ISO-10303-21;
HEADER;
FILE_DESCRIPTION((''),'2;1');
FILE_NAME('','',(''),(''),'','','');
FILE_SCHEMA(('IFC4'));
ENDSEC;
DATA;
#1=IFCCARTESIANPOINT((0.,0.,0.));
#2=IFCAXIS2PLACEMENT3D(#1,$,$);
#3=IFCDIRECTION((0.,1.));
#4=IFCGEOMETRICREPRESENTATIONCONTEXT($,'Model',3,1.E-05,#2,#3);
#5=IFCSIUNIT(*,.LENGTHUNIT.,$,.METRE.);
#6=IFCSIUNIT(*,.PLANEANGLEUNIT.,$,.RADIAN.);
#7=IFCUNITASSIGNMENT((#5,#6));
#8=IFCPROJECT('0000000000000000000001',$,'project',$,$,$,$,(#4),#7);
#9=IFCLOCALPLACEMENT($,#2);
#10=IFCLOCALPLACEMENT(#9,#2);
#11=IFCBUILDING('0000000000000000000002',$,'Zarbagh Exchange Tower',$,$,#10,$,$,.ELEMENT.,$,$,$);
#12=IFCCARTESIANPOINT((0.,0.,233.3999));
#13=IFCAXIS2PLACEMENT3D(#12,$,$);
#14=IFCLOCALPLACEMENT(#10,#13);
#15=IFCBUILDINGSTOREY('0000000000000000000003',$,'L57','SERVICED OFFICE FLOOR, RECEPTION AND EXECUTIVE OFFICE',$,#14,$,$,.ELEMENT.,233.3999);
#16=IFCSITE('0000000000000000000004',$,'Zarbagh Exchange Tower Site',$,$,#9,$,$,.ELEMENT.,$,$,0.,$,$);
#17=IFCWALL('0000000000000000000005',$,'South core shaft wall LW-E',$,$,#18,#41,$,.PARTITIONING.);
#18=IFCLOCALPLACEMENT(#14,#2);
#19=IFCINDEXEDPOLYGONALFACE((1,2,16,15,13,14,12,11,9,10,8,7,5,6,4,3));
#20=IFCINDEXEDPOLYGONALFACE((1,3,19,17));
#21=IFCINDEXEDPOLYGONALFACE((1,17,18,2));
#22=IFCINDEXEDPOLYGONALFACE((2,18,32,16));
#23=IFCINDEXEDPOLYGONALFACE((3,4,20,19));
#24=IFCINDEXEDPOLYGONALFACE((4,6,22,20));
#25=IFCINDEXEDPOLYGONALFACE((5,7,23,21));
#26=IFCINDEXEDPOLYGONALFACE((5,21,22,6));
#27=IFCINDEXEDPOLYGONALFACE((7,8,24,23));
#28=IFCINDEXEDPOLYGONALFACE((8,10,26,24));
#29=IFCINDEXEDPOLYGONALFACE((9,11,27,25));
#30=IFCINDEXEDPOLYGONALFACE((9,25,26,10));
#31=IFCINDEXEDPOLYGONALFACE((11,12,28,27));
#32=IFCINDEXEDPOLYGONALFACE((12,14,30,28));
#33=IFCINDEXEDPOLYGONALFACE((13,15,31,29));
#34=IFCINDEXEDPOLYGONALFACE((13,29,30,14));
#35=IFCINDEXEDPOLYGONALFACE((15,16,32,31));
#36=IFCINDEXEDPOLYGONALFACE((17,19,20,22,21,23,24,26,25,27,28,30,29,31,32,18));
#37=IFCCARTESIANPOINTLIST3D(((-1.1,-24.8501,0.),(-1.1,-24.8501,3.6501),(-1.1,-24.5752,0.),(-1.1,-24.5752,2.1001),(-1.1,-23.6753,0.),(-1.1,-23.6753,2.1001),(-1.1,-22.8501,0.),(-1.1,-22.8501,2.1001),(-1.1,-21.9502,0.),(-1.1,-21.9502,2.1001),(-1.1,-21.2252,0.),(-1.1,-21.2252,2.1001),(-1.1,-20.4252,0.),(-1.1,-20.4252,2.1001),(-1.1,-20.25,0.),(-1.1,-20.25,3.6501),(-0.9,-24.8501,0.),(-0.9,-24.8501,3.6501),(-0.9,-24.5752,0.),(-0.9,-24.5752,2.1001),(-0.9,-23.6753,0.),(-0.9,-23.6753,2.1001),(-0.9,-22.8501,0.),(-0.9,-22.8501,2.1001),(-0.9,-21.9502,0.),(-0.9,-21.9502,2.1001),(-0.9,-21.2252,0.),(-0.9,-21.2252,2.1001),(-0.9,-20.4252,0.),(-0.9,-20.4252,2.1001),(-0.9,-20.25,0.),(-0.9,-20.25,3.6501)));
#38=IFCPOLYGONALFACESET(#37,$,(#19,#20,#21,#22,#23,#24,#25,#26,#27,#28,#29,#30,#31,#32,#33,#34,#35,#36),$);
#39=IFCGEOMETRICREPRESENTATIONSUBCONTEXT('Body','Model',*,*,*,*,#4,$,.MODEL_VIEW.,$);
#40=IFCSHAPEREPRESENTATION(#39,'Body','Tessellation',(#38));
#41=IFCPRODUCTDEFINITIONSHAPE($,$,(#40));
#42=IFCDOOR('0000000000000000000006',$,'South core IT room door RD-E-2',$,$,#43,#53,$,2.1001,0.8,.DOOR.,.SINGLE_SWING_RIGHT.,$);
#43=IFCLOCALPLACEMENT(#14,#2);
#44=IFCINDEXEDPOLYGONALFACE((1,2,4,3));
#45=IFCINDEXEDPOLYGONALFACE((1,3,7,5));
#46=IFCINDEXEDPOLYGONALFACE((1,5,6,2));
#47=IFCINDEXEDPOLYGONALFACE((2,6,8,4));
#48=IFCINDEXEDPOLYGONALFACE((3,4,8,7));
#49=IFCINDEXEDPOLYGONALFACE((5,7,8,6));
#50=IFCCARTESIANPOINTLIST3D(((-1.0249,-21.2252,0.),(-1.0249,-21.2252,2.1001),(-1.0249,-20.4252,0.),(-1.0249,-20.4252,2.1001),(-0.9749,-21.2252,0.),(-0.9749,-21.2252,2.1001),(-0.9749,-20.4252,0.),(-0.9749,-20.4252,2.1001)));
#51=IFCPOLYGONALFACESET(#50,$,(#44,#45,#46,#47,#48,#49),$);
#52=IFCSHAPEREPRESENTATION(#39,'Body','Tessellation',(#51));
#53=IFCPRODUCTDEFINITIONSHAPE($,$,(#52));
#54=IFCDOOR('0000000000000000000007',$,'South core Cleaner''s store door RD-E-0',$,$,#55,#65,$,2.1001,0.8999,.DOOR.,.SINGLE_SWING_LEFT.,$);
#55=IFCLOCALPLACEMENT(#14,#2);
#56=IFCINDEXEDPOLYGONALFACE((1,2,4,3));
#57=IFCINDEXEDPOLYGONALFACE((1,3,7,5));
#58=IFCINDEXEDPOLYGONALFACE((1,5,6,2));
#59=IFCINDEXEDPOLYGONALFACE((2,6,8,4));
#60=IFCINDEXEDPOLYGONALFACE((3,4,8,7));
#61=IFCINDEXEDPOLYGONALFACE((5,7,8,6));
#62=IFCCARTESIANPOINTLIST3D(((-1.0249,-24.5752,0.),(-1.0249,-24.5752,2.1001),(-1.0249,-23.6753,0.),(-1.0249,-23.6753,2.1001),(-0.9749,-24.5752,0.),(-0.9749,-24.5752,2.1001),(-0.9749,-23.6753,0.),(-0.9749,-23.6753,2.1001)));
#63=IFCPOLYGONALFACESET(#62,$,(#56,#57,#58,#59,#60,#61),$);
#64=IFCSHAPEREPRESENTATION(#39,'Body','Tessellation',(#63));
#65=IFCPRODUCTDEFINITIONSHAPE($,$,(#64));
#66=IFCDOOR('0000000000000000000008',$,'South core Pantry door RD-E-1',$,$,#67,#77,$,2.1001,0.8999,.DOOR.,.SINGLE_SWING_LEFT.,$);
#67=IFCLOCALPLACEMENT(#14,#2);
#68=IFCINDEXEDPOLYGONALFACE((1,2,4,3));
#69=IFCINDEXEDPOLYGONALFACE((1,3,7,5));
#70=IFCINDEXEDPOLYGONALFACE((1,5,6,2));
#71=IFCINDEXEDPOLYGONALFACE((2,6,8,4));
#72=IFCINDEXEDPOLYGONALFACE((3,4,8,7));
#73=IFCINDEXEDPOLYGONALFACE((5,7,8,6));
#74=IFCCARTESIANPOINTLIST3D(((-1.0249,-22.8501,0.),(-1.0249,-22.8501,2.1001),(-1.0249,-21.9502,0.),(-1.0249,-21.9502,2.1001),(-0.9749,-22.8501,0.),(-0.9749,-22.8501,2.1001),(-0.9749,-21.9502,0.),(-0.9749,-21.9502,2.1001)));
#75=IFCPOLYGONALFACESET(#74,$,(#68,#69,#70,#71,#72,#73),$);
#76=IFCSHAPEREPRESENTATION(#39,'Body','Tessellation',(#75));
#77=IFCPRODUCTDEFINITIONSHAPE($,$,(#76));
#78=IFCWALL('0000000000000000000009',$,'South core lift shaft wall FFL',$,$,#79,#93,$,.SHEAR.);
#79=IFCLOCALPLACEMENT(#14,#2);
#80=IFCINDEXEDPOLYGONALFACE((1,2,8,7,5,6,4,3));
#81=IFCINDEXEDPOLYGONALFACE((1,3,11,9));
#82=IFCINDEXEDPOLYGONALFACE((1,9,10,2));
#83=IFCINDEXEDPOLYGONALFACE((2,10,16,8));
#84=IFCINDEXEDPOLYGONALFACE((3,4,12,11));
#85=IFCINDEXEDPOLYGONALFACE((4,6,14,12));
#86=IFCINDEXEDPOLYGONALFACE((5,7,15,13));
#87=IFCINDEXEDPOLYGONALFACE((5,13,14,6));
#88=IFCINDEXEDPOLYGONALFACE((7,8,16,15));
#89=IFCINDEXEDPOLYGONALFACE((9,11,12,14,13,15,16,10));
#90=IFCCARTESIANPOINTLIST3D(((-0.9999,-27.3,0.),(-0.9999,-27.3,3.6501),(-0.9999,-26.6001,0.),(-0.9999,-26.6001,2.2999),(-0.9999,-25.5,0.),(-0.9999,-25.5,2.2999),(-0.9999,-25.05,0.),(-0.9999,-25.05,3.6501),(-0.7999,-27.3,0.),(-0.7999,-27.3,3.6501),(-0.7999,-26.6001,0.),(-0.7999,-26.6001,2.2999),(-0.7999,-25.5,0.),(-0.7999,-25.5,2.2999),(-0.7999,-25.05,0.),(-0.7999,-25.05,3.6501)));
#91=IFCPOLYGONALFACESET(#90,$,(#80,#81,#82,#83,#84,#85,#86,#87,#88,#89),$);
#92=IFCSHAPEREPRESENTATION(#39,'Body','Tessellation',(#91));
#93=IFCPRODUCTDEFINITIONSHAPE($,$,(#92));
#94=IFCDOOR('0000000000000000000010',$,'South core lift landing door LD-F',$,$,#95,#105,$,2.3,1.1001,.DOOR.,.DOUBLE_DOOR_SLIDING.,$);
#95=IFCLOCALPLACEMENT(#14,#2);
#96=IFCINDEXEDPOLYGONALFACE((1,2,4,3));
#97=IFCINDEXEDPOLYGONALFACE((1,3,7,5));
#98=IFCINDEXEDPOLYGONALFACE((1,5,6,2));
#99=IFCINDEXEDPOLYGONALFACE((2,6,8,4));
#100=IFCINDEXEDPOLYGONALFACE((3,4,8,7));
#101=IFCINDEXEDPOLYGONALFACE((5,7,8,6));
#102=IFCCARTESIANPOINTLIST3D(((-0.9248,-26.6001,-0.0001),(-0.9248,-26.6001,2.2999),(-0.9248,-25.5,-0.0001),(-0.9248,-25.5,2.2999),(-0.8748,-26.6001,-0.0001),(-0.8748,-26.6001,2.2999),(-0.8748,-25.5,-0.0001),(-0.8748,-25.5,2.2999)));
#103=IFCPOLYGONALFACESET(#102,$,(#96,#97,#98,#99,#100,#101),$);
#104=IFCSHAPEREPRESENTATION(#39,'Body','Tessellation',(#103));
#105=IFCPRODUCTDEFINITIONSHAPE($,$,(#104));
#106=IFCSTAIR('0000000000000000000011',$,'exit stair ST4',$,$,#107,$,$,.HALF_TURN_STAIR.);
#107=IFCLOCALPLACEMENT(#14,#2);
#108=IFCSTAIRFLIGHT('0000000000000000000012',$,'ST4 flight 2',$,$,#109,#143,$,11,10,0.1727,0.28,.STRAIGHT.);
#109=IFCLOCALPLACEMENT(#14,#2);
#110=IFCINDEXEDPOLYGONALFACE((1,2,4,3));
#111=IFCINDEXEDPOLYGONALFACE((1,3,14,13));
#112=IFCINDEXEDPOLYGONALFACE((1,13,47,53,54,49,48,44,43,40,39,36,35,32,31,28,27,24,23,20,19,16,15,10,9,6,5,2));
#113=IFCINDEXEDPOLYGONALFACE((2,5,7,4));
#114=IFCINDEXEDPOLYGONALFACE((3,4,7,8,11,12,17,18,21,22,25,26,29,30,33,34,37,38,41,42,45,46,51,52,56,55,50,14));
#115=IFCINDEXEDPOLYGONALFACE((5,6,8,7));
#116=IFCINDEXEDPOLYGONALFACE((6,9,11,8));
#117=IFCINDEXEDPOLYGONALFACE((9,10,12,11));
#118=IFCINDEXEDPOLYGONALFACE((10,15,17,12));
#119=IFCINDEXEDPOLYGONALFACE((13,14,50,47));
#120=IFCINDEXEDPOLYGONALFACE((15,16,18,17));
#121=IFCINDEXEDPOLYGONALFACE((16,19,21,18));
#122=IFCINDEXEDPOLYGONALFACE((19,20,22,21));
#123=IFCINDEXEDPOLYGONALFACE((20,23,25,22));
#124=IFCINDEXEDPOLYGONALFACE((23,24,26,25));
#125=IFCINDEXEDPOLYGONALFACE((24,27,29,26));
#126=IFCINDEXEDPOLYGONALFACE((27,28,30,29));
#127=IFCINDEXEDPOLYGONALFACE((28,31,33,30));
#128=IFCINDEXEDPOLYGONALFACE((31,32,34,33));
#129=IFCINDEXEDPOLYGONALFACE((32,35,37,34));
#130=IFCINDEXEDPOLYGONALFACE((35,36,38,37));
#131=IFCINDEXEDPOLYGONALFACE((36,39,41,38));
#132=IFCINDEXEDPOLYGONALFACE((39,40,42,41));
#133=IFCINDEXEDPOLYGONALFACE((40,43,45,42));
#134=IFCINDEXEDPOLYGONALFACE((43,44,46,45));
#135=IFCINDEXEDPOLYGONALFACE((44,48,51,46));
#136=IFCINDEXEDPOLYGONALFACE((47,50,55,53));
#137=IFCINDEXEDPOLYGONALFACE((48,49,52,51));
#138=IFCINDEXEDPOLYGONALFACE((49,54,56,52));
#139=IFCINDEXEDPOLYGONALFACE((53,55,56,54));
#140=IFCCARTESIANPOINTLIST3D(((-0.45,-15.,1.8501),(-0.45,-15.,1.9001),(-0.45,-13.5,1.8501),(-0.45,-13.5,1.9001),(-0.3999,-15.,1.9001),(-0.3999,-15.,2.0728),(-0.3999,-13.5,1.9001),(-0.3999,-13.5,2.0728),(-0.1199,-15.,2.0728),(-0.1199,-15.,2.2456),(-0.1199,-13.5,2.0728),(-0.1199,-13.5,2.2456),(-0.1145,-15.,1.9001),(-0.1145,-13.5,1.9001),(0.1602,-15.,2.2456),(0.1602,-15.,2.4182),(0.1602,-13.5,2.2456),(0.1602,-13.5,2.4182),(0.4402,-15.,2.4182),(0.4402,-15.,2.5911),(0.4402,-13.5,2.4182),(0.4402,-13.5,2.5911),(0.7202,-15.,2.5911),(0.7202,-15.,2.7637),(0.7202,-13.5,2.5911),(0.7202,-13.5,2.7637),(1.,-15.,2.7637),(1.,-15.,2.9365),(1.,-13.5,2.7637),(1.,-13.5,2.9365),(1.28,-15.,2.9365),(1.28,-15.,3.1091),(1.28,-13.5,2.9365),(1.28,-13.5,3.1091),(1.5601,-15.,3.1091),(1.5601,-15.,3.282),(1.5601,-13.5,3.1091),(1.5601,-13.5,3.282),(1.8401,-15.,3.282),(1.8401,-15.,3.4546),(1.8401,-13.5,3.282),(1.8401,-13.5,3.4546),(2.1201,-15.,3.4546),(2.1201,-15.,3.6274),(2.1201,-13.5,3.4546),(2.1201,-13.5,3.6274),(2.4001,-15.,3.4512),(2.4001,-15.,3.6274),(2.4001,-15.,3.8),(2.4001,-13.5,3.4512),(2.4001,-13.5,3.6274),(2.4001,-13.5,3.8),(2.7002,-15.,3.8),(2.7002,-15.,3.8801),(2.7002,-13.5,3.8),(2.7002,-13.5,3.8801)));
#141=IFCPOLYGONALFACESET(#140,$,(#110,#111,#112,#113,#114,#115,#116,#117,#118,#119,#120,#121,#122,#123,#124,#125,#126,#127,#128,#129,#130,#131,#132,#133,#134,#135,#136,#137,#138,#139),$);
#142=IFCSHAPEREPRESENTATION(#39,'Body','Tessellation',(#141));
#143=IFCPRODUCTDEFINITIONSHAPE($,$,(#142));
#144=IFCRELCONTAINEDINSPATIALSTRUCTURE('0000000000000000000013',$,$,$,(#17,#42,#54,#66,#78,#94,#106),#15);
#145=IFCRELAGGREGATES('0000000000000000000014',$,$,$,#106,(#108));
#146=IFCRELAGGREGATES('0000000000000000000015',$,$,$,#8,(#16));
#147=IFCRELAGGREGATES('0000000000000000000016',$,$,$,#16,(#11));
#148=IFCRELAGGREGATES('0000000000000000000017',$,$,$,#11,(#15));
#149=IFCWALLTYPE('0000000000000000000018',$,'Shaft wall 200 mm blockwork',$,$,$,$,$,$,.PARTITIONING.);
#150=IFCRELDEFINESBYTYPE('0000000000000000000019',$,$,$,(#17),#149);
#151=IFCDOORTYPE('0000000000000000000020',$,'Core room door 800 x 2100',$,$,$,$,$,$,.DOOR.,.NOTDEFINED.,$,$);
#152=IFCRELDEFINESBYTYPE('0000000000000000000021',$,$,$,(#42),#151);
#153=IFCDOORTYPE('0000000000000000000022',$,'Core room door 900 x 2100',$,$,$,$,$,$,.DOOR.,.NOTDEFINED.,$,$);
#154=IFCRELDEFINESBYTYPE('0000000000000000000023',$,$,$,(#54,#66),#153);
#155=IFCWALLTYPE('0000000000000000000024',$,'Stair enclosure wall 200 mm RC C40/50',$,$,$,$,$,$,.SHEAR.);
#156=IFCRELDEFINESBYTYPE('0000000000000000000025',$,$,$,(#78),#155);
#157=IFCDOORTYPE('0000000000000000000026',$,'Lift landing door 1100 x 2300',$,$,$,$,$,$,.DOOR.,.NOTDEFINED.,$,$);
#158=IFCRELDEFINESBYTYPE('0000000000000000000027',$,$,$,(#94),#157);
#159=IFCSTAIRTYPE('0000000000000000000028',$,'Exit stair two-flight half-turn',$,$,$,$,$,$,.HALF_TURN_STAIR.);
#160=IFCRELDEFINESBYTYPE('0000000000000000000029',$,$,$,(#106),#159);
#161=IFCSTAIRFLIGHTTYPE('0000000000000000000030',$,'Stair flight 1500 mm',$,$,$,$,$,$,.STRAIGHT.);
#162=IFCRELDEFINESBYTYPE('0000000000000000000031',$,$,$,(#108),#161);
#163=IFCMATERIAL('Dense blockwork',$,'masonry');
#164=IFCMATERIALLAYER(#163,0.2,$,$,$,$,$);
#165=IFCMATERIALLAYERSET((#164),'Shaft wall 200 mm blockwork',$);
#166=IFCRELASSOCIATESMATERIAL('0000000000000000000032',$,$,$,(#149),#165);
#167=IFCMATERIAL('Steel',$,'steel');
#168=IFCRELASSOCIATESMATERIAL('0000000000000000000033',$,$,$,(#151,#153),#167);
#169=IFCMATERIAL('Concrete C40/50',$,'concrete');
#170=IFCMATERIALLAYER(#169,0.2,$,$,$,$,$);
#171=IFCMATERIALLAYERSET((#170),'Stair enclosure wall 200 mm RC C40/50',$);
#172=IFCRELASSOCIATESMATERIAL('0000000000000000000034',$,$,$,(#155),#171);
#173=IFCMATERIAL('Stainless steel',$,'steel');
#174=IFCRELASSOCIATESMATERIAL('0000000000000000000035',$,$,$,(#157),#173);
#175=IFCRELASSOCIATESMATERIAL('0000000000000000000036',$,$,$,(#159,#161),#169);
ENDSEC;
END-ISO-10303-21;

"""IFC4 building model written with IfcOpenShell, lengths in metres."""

from ifc_helpers import new_model, si_unit, direction, frame, frame_2d, origin, place, context, subcontext, project, spatial, polyline, rectangle, outline, extrude, material, layer, layer_set, type_object, element, fill, aggregate, save


model = new_model("IFC4")

# Units and contexts
model_context = context("Model", 3, precision=1e-05, world=origin(), true_north=direction((0.0, 1.0)))
body_context = subcontext(model_context, "Body", "Model", "MODEL_VIEW")
ifc_project = project(units=[si_unit("LENGTHUNIT", "METRE"), si_unit("PLANEANGLEUNIT", "RADIAN")], contexts=[model_context])

# Site, building, storey
site_placement = place(None, origin())
site = spatial("IfcSite", under=ifc_project, at=site_placement, Name="Zarbagh Exchange Tower Site", CompositionType="ELEMENT", RefElevation=0.0)
building_placement = place(site_placement, origin())
building = spatial("IfcBuilding", under=site, at=building_placement, Name="Zarbagh Exchange Tower", CompositionType="ELEMENT")
storey_placement = place(building_placement, frame((0.0, 0.0, 233.3999)))
storey = spatial("IfcBuildingStorey", under=building, at=storey_placement, Name="L57", Description="SERVICED OFFICE FLOOR, RECEPTION AND EXECUTIVE OFFICE", CompositionType="ELEMENT", Elevation=233.3999)

# Shared definitions
ifc_material_1 = material(Name="Concrete C40/50", Category="concrete")

# Shared definitions
ifc_material_2 = material(Name="Dense blockwork", Category="masonry")

# Shared definitions
ifc_layer_1 = layer(ifc_material_2, 0.2)
ifc_layer_set_1 = layer_set([ifc_layer_1], Name="Shaft wall 200 mm blockwork")
wall_type_1 = type_object("IfcWallType", Name="Shaft wall 200 mm blockwork", PredefinedType="PARTITIONING", material=ifc_layer_set_1)

# Wall, openings, doors
wall_1_placement = place(storey_placement, frame((-1.0, -24.8501, 0.0), z_axis=(0.0, 0.0, 1.0), x_axis=(0.0, 1.0, 0.0)))
wall_1 = element("IfcWall", 1, at=wall_1_placement, inside=storey, type_object=wall_type_1, Name="South core shaft wall LW-E", PredefinedType="PARTITIONING", context=body_context, shape_type="SweptSolid", body=[
    extrude(rectangle(XDim=4.6001, YDim=0.2, at=frame_2d((2.3, 0.0))), origin(), (0.0, 0.0, 1.0), 3.6501),
])
opening_1_placement = place(wall_1_placement, frame((0.2749, 0.0, 0.0)))
opening_1 = element("IfcOpeningElement", 2, at=opening_1_placement, cuts=wall_1, PredefinedType="OPENING", context=body_context, shape_type="SweptSolid", body=[
    extrude(rectangle(XDim=0.8999, YDim=2.1001, at=frame_2d((0.45, 1.05))), frame((0.0, 0.1099, 0.0), z_axis=(0.0, -1.0, 0.0), x_axis=(1.0, 0.0, 0.0)), (0.0, 0.0, 1.0), 0.22),
])
opening_2_placement = place(wall_1_placement, frame((2.0, 0.0, 0.0)))
opening_2 = element("IfcOpeningElement", 3, at=opening_2_placement, cuts=wall_1, PredefinedType="OPENING", context=body_context, shape_type="SweptSolid", body=[
    extrude(rectangle(XDim=0.8999, YDim=2.1001, at=frame_2d((0.45, 1.05))), frame((0.0, 0.1099, 0.0), z_axis=(0.0, -1.0, 0.0), x_axis=(1.0, 0.0, 0.0)), (0.0, 0.0, 1.0), 0.22),
])
opening_3_placement = place(wall_1_placement, frame((3.625, 0.0, 0.0)))
opening_3 = element("IfcOpeningElement", 4, at=opening_3_placement, cuts=wall_1, PredefinedType="OPENING", context=body_context, shape_type="SweptSolid", body=[
    extrude(rectangle(XDim=0.8, YDim=2.1001, at=frame_2d((0.3999, 1.05))), frame((0.0, 0.1099, 0.0), z_axis=(0.0, -1.0, 0.0), x_axis=(1.0, 0.0, 0.0)), (0.0, 0.0, 1.0), 0.22),
])
ifc_material_3 = material(Name="Steel", Category="steel")
door_type_1 = type_object("IfcDoorType", Name="Core room door 800 x 2100", OperationType="NOTDEFINED", PredefinedType="DOOR", material=ifc_material_3)
door_1_placement = place(opening_3_placement, origin())
door_1 = element("IfcDoor", 5, at=door_1_placement, inside=storey, type_object=door_type_1, Name="South core IT room door RD-E-2", OperationType="SINGLE_SWING_RIGHT", OverallHeight=2.1001, OverallWidth=0.8, PredefinedType="DOOR", context=body_context, shape_type="SweptSolid", body=[
    extrude(rectangle(XDim=0.8, YDim=2.1001, at=frame_2d((0.3999, 1.05))), frame((0.0, 0.0249, 0.0), z_axis=(0.0, -1.0, 0.0), x_axis=(1.0, 0.0, 0.0)), (0.0, 0.0, 1.0), 0.05),
])
fill(opening_3, door_1)
door_type_2 = type_object("IfcDoorType", Name="Core room door 900 x 2100", OperationType="NOTDEFINED", PredefinedType="DOOR", material=ifc_material_3)
door_2_placement = place(opening_1_placement, origin())
door_2 = element("IfcDoor", 6, at=door_2_placement, inside=storey, type_object=door_type_2, Name="South core Cleaner's store door RD-E-0", OperationType="SINGLE_SWING_LEFT", OverallHeight=2.1001, OverallWidth=0.8999, PredefinedType="DOOR", context=body_context, shape_type="SweptSolid", body=[
    extrude(rectangle(XDim=0.8999, YDim=2.1001, at=frame_2d((0.45, 1.05))), frame((0.0, 0.0249, 0.0), z_axis=(0.0, -1.0, 0.0), x_axis=(1.0, 0.0, 0.0)), (0.0, 0.0, 1.0), 0.05),
])
fill(opening_1, door_2)
door_3_placement = place(opening_2_placement, origin())
door_3 = element("IfcDoor", 7, at=door_3_placement, inside=storey, type_object=door_type_2, Name="South core Pantry door RD-E-1", OperationType="SINGLE_SWING_LEFT", OverallHeight=2.1001, OverallWidth=0.8999, PredefinedType="DOOR", context=body_context, shape_type="SweptSolid", body=[
    extrude(rectangle(XDim=0.8999, YDim=2.1001, at=frame_2d((0.45, 1.05))), frame((0.0, 0.0249, 0.0), z_axis=(0.0, -1.0, 0.0), x_axis=(1.0, 0.0, 0.0)), (0.0, 0.0, 1.0), 0.05),
])
fill(opening_2, door_3)

# Wall, opening, door
ifc_layer_2 = layer(ifc_material_1, 0.2)
ifc_layer_set_2 = layer_set([ifc_layer_2], Name="Stair enclosure wall 200 mm RC C40/50")
wall_type_2 = type_object("IfcWallType", Name="Stair enclosure wall 200 mm RC C40/50", PredefinedType="SHEAR", material=ifc_layer_set_2)
wall_2_placement = place(storey_placement, frame((-0.8999, -27.3, 0.0), z_axis=(0.0, 0.0, 1.0), x_axis=(0.0, 1.0, 0.0)))
wall_2 = element("IfcWall", 8, at=wall_2_placement, inside=storey, type_object=wall_type_2, Name="South core lift shaft wall FFL", PredefinedType="SHEAR", context=body_context, shape_type="SweptSolid", body=[
    extrude(rectangle(XDim=2.25, YDim=0.2, at=frame_2d((1.125, 0.0))), origin(), (0.0, 0.0, 1.0), 3.6501),
])
opening_4_placement = place(wall_2_placement, frame((0.7, 0.0, 0.0)))
opening_4 = element("IfcOpeningElement", 9, at=opening_4_placement, cuts=wall_2, PredefinedType="OPENING", context=body_context, shape_type="SweptSolid", body=[
    extrude(rectangle(XDim=1.1001, YDim=2.3, at=frame_2d((0.55, 1.1499))), frame((0.0, 0.1099, 0.0), z_axis=(0.0, -1.0, 0.0), x_axis=(1.0, 0.0, 0.0)), (0.0, 0.0, 1.0), 0.22),
])
ifc_material_4 = material(Name="Stainless steel", Category="steel")
door_type_3 = type_object("IfcDoorType", Name="Lift landing door 1100 x 2300", OperationType="NOTDEFINED", PredefinedType="DOOR", material=ifc_material_4)
door_4_placement = place(opening_4_placement, origin())
door_4 = element("IfcDoor", 10, at=door_4_placement, inside=storey, type_object=door_type_3, Name="South core lift landing door LD-F", OperationType="DOUBLE_DOOR_SLIDING", OverallHeight=2.3, OverallWidth=1.1001, PredefinedType="DOOR", context=body_context, shape_type="SweptSolid", body=[
    extrude(rectangle(XDim=1.1001, YDim=2.3, at=frame_2d((0.55, 1.1499))), frame((0.0, 0.0249, 0.0), z_axis=(0.0, -1.0, 0.0), x_axis=(1.0, 0.0, 0.0)), (0.0, 0.0, 1.0), 0.05),
])
fill(opening_4, door_4)

# Stair, stair flight
stair_type = type_object("IfcStairType", Name="Exit stair two-flight half-turn", PredefinedType="HALF_TURN_STAIR", material=ifc_material_1)
stair_placement = place(storey_placement, origin())
stair = element("IfcStair", 11, at=stair_placement, inside=storey, type_object=stair_type, Name="exit stair ST4", PredefinedType="HALF_TURN_STAIR")
stair_flight_type = type_object("IfcStairFlightType", Name="Stair flight 1500 mm", PredefinedType="STRAIGHT", material=ifc_material_1)
stair_flight_placement = place(storey_placement, frame((-0.3999, -14.25, 1.9001), z_axis=(0.0, 0.0, 1.0), x_axis=(1.0, 0.0, 0.0)))
stair_flight = element("IfcStairFlight", 12, at=stair_flight_placement, type_object=stair_flight_type, Name="ST4 flight 2", NumberOfRisers=11, NumberOfTreads=10, PredefinedType="STRAIGHT", RiserHeight=0.1727, TreadLength=0.28, context=body_context, shape_type="SweptSolid", body=[
    extrude(outline(polyline([(-0.05, -0.05), (-0.05, 0.0), (0.0, 0.0), (0.0, 0.1726), (0.28, 0.1726), (0.28, 0.3455), (0.5601, 0.3455), (0.5601, 0.5181), (0.8401, 0.5181), (0.8401, 0.6909), (1.1201, 0.6909), (1.1201, 0.8635), (1.3999, 0.8635), (1.3999, 1.0364), (1.6799, 1.0364), (1.6799, 1.209), (1.96, 1.209), (1.96, 1.3818), (2.24, 1.3818), (2.24, 1.5544), (2.52, 1.5544), (2.52, 1.7273), (2.8, 1.7273), (2.8, 1.8999), (3.1001, 1.98), (3.1001, 1.8999), (2.8, 1.551), (0.2854, 0.0), (-0.05, -0.05)])), frame((0.0, 0.75, 0.0), z_axis=(0.0, -1.0, 0.0), x_axis=(1.0, 0.0, 0.0)), (0.0, 0.0, 1.0), 1.5),
])
aggregate(stair, [stair_flight])

save(model, "model.ifc")
